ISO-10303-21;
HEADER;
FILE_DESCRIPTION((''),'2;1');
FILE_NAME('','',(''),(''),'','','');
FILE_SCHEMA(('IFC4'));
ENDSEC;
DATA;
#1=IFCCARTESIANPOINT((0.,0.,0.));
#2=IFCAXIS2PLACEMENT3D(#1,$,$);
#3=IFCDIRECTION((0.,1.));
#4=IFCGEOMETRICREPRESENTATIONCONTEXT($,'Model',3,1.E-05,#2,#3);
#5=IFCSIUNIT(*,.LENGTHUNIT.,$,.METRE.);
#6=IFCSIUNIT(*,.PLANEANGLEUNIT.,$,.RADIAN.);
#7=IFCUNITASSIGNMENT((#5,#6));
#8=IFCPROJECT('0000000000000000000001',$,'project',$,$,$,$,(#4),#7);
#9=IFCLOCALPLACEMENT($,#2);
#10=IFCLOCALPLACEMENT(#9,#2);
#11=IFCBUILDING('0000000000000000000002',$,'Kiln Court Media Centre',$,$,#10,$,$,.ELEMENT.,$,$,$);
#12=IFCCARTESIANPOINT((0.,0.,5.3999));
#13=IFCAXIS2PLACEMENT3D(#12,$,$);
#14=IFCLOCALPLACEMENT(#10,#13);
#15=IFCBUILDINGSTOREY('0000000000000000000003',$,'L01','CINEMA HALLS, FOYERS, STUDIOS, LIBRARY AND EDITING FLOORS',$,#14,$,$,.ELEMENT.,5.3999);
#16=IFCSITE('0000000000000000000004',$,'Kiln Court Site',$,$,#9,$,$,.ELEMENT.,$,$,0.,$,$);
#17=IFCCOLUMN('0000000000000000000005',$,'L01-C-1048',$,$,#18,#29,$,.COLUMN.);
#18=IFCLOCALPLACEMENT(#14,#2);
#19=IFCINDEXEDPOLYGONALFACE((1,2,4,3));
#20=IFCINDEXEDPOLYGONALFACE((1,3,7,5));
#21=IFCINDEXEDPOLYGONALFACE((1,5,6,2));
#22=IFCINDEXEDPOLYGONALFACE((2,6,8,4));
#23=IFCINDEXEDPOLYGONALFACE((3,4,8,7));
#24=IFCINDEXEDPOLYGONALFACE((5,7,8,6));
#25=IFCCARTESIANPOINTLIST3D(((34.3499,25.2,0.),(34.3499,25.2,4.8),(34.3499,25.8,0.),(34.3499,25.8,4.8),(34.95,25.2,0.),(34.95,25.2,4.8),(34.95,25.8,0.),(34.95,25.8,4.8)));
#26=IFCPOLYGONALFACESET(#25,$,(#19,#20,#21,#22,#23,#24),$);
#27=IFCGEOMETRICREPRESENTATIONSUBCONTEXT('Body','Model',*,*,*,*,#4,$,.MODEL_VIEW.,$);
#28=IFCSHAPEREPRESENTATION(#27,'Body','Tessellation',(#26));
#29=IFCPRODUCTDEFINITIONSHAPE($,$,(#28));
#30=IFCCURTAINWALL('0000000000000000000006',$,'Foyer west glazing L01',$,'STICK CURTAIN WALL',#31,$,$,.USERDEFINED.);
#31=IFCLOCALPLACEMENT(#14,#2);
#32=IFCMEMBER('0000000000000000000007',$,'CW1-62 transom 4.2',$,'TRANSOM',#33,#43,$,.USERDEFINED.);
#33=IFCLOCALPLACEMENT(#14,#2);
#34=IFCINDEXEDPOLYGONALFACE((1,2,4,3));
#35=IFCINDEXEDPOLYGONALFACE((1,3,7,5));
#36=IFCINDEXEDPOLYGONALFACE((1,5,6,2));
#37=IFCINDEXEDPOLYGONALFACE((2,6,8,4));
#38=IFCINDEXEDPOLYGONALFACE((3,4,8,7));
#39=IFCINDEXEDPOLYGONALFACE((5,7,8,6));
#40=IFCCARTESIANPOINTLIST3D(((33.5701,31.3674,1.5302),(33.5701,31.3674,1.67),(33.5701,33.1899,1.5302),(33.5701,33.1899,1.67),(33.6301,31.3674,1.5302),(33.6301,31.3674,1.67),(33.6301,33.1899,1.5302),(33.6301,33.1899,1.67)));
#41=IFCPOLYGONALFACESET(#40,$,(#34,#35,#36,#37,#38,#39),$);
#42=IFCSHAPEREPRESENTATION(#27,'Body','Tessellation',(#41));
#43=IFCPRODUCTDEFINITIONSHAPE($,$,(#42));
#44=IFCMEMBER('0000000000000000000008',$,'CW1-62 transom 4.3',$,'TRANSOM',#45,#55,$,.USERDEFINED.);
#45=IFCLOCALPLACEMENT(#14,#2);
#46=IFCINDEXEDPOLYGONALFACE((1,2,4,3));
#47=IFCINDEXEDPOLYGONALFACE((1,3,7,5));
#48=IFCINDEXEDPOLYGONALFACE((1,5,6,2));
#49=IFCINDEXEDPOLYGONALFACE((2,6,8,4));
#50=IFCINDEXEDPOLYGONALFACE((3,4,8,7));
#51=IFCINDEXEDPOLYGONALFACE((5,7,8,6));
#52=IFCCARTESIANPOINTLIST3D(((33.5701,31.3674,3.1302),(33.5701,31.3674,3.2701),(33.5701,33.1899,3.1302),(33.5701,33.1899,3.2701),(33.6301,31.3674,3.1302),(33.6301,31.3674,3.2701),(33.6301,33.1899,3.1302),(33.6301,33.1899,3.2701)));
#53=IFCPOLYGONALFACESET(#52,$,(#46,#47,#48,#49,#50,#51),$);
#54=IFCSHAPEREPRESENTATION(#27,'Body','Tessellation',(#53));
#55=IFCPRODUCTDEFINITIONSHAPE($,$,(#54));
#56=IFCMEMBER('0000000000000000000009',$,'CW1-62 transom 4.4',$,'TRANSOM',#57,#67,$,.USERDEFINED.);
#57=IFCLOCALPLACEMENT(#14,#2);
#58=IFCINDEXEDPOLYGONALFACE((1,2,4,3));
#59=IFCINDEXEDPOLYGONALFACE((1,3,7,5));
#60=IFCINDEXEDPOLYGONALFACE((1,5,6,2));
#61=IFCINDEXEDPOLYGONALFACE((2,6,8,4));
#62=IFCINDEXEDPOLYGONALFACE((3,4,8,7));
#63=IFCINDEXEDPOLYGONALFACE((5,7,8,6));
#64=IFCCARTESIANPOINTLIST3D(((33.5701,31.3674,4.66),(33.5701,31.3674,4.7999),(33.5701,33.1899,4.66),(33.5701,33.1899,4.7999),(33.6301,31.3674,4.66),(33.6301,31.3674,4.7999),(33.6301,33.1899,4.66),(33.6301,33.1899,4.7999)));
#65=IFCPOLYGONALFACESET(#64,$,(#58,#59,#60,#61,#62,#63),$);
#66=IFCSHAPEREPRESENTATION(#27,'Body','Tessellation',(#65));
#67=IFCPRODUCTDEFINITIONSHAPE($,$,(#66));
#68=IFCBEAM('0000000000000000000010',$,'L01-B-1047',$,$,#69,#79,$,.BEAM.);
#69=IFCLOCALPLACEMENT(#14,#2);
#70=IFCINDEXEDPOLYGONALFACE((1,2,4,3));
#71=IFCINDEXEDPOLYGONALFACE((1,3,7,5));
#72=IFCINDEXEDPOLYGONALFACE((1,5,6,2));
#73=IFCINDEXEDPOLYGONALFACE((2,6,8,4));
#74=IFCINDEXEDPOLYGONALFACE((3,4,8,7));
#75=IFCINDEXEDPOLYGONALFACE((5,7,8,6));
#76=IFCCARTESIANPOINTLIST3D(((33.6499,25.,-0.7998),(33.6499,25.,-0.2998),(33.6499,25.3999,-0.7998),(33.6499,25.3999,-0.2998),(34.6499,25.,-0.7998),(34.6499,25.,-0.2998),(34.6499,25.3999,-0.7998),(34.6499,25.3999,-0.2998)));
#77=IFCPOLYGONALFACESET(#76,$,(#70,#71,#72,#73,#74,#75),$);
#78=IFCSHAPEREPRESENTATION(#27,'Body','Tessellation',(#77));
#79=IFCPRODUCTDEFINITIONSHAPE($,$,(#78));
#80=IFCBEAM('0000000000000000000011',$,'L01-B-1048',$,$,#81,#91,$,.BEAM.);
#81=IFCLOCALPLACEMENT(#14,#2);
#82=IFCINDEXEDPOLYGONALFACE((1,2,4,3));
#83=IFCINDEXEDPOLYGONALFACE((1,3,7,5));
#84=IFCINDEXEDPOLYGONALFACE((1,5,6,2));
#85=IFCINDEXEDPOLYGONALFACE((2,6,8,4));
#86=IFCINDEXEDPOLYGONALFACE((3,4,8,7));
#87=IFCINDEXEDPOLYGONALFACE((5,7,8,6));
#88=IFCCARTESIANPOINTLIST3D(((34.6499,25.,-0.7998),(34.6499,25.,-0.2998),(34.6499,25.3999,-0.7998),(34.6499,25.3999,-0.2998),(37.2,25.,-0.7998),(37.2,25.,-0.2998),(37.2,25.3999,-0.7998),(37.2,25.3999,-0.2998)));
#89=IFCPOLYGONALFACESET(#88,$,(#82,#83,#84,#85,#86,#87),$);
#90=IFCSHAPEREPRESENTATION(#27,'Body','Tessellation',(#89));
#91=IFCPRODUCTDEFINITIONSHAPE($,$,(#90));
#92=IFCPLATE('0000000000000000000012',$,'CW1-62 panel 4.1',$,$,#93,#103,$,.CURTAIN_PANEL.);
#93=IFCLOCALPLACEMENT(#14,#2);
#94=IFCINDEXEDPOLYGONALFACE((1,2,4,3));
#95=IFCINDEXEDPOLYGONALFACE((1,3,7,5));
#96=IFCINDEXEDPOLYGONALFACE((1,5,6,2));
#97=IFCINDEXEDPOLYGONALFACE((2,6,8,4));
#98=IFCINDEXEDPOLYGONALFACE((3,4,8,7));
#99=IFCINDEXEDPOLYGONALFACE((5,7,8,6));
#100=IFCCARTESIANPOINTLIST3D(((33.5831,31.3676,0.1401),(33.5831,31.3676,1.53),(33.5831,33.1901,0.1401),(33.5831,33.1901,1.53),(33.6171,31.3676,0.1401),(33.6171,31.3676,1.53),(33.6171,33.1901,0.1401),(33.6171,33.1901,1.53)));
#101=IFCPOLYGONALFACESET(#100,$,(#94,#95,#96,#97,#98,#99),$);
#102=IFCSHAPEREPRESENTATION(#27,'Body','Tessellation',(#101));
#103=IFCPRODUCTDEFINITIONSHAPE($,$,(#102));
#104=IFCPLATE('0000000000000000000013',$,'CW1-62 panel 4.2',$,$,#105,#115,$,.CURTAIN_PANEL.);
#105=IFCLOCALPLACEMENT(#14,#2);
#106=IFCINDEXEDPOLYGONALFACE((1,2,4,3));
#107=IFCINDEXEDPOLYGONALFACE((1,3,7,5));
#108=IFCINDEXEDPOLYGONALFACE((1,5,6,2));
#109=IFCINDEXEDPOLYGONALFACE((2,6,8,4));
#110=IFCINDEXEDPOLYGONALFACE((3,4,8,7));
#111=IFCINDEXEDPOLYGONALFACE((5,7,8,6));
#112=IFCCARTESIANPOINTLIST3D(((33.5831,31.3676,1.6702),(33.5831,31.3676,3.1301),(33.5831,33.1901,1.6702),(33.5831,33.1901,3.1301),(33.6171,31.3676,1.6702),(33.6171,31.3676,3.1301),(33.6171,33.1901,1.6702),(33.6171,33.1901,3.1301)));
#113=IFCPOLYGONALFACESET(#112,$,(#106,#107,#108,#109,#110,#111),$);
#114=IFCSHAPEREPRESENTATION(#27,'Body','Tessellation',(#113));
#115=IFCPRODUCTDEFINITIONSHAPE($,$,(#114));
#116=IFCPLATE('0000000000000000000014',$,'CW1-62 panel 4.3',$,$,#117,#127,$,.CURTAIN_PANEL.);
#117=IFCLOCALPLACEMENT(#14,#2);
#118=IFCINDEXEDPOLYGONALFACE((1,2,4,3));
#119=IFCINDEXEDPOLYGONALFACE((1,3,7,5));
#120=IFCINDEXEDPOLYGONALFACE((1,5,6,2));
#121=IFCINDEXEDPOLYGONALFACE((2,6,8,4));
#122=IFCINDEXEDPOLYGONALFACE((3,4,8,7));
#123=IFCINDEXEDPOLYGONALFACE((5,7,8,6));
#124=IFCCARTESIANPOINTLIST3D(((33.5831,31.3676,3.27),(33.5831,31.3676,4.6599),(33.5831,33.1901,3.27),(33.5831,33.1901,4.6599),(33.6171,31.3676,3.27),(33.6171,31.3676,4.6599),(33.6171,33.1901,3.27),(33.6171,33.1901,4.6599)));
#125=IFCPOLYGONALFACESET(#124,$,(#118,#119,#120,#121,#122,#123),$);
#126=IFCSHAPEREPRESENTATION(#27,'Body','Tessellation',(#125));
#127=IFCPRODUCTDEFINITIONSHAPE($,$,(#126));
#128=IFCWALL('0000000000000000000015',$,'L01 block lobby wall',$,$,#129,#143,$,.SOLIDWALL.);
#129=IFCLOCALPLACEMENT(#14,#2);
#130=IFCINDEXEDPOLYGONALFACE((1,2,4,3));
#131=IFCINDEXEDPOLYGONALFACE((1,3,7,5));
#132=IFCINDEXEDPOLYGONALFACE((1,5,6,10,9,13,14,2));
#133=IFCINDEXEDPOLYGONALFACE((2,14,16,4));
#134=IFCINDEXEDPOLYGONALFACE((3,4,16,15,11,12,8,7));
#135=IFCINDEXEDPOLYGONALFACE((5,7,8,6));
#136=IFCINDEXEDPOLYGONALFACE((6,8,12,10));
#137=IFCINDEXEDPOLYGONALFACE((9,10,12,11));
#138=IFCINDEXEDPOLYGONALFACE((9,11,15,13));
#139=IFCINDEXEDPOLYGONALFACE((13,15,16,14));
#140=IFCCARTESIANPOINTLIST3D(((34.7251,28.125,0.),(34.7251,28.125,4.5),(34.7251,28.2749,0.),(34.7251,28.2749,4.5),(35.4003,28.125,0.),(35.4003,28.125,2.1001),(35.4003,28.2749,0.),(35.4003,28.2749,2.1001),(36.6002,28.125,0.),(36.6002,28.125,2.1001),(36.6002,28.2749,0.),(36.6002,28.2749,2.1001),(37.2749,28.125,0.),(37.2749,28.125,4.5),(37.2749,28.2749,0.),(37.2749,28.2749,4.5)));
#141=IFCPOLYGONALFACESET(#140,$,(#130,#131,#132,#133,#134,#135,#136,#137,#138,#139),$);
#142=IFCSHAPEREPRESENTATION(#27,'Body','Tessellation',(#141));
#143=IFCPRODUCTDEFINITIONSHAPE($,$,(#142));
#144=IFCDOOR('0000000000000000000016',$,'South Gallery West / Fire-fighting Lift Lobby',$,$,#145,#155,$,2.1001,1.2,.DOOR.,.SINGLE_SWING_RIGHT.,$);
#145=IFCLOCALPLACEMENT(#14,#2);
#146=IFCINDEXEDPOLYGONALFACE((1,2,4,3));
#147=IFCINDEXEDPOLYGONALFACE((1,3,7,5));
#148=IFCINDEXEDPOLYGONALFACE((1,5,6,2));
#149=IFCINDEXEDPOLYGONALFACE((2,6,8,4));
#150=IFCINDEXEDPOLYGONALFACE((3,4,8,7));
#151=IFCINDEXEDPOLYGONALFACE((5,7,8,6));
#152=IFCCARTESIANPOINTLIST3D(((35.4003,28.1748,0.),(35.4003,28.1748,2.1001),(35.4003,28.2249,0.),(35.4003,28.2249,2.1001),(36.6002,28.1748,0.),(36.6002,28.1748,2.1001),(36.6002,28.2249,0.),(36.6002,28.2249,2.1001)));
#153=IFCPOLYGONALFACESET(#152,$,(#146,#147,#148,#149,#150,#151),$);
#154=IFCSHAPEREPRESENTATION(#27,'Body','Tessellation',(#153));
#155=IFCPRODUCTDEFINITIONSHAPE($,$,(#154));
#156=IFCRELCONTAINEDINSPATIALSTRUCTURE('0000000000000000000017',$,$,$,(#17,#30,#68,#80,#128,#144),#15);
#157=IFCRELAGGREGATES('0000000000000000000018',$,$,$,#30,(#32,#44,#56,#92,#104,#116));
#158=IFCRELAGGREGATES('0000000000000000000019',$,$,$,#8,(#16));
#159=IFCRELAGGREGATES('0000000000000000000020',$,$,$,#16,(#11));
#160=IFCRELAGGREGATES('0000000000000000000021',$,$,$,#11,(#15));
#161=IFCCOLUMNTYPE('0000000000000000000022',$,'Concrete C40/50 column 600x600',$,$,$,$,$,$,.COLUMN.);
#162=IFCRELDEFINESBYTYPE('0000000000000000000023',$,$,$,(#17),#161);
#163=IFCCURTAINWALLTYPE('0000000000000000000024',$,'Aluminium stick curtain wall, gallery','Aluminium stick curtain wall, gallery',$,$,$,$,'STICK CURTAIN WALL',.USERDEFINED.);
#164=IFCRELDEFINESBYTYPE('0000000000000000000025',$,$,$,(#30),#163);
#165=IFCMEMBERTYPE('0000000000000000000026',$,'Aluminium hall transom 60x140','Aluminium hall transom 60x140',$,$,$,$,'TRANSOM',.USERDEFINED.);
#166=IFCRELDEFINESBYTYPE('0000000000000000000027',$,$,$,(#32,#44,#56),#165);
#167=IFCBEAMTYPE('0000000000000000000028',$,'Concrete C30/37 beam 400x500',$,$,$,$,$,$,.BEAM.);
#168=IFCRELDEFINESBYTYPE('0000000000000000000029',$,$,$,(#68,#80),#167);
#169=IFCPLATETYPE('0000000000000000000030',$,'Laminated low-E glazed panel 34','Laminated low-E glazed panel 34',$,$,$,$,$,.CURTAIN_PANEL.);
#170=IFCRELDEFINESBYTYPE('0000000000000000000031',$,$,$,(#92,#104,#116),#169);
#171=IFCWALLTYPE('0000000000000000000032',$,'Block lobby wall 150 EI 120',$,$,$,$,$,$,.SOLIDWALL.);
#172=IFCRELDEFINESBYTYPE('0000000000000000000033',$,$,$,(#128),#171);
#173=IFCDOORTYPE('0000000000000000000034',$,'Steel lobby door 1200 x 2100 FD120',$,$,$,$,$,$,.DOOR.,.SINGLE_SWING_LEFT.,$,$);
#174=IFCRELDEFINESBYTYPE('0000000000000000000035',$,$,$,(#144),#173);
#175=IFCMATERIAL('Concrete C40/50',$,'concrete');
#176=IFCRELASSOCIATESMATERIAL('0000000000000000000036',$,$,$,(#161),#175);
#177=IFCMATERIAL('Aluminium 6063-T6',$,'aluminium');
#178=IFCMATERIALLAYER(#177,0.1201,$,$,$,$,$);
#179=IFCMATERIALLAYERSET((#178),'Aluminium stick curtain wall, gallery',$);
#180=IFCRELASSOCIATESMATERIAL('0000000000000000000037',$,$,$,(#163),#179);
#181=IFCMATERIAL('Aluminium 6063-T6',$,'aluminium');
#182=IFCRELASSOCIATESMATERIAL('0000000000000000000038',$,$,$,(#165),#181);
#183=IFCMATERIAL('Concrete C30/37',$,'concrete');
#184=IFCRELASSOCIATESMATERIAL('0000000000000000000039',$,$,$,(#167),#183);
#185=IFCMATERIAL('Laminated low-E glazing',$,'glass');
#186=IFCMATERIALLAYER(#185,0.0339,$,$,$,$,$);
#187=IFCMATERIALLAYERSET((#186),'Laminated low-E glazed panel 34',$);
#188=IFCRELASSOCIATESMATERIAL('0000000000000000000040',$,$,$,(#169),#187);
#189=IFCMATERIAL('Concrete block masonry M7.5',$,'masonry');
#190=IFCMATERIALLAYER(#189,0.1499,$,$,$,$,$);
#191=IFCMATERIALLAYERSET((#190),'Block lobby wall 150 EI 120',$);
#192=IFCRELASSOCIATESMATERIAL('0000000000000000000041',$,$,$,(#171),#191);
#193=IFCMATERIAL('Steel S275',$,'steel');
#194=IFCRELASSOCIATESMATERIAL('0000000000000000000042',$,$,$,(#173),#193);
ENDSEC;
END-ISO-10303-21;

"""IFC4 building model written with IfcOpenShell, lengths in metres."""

from ifc_helpers import new_model, si_unit, direction, frame, frame_2d, origin, origin_2d, place, context, subcontext, project, spatial, rectangle, extrude, material, layer, layer_set, material_profile, profile_set, type_object, element, fill, aggregate, save


model = new_model("IFC4")

# Units and contexts
model_context = context("Model", 3, precision=1e-05, world=origin(), true_north=direction((0.0, 1.0)))
body_context = subcontext(model_context, "Body", "Model", "MODEL_VIEW")
ifc_project = project(units=[si_unit("LENGTHUNIT", "METRE"), si_unit("PLANEANGLEUNIT", "RADIAN")], contexts=[model_context])

# Site, building, storey
site_placement = place(None, origin())
site = spatial("IfcSite", under=ifc_project, at=site_placement, Name="Kiln Court Site", CompositionType="ELEMENT", RefElevation=0.0)
building_placement = place(site_placement, origin())
building = spatial("IfcBuilding", under=site, at=building_placement, Name="Kiln Court Media Centre", CompositionType="ELEMENT")
storey_placement = place(building_placement, frame((0.0, 0.0, 5.3999)))
storey = spatial("IfcBuildingStorey", under=building, at=storey_placement, Name="L01", Description="CINEMA HALLS, FOYERS, STUDIOS, LIBRARY AND EDITING FLOORS", CompositionType="ELEMENT", Elevation=5.3999)

# Column
ifc_material_1 = material(Name="Concrete C40/50", Category="concrete")
ifc_material_profile_1 = material_profile(ifc_material_1, rectangle(XDim=0.6001, YDim=0.6001, at=origin_2d()), Name="RC 600x600")
ifc_profile_set_1 = profile_set([ifc_material_profile_1], Name="Concrete C40/50")
column_type = type_object("IfcColumnType", Name="Concrete C40/50 column 600x600", PredefinedType="COLUMN", material=ifc_profile_set_1)
column_placement = place(storey_placement, frame((34.6499, 25.5, 0.0), z_axis=(0.0, 0.0, 1.0), x_axis=(1.0, 0.0, 0.0)))
element("IfcColumn", 1, at=column_placement, inside=storey, type_object=column_type, Name="L01-C-1048", PredefinedType="COLUMN", context=body_context, shape_type="SweptSolid", body=[
    extrude(rectangle(XDim=0.6001, YDim=0.6001, at=origin_2d()), origin(), (0.0, 0.0, 1.0), 4.8),
])

# Curtain wall, members
ifc_material_2 = material(Name="Aluminium 6063-T6", Category="aluminium")
ifc_layer_1 = layer(ifc_material_2, 0.1201)
ifc_layer_set_1 = layer_set([ifc_layer_1], Name="Aluminium stick curtain wall, gallery")
curtain_wall_type = type_object("IfcCurtainWallType", Name="Aluminium stick curtain wall, gallery", Description="Aluminium stick curtain wall, gallery", ElementType="STICK CURTAIN WALL", PredefinedType="USERDEFINED", material=ifc_layer_set_1)
curtain_wall_placement = place(storey_placement, origin())
curtain_wall = element("IfcCurtainWall", 2, at=curtain_wall_placement, inside=storey, type_object=curtain_wall_type, Name="Foyer west glazing L01", ObjectType="STICK CURTAIN WALL", PredefinedType="USERDEFINED")
ifc_material_3 = material(Name="Aluminium 6063-T6", Category="aluminium")
ifc_material_profile_2 = material_profile(ifc_material_3, rectangle(XDim=0.0601, YDim=0.1399, at=origin_2d()), Name="Aluminium hall transom 60x140")
ifc_profile_set_2 = profile_set([ifc_material_profile_2], Name="Aluminium 6063-T6")
member_type = type_object("IfcMemberType", Name="Aluminium hall transom 60x140", Description="Aluminium hall transom 60x140", ElementType="TRANSOM", PredefinedType="USERDEFINED", material=ifc_profile_set_2)
member_1_placement = place(storey_placement, frame((33.6001, 31.3674, 1.6001), z_axis=(0.0, 1.0, 0.0), x_axis=(-1.0, 0.0, 0.0)))
member_1 = element("IfcMember", 3, at=member_1_placement, type_object=member_type, Name="CW1-62 transom 4.2", ObjectType="TRANSOM", PredefinedType="USERDEFINED", context=body_context, shape_type="SweptSolid", body=[
    extrude(rectangle(XDim=0.0601, YDim=0.1399, at=origin_2d()), origin(), (0.0, 0.0, 1.0), 1.8225),
])
member_2_placement = place(storey_placement, frame((33.6001, 31.3674, 3.2002), z_axis=(0.0, 1.0, 0.0), x_axis=(-1.0, 0.0, 0.0)))
member_2 = element("IfcMember", 4, at=member_2_placement, type_object=member_type, Name="CW1-62 transom 4.3", ObjectType="TRANSOM", PredefinedType="USERDEFINED", context=body_context, shape_type="SweptSolid", body=[
    extrude(rectangle(XDim=0.0601, YDim=0.1399, at=origin_2d()), origin(), (0.0, 0.0, 1.0), 1.8225),
])
member_3_placement = place(storey_placement, frame((33.6001, 31.3674, 4.73), z_axis=(0.0, 1.0, 0.0), x_axis=(-1.0, 0.0, 0.0)))
member_3 = element("IfcMember", 5, at=member_3_placement, type_object=member_type, Name="CW1-62 transom 4.4", ObjectType="TRANSOM", PredefinedType="USERDEFINED", context=body_context, shape_type="SweptSolid", body=[
    extrude(rectangle(XDim=0.0601, YDim=0.1399, at=origin_2d()), origin(), (0.0, 0.0, 1.0), 1.8225),
])

# Beams
ifc_material_4 = material(Name="Concrete C30/37", Category="concrete")
ifc_material_profile_3 = material_profile(ifc_material_4, rectangle(XDim=0.3999, YDim=0.5, at=origin_2d()), Name="RC 400x500")
ifc_profile_set_3 = profile_set([ifc_material_profile_3], Name="Concrete C30/37")
beam_type = type_object("IfcBeamType", Name="Concrete C30/37 beam 400x500", PredefinedType="BEAM", material=ifc_profile_set_3)
beam_1_placement = place(storey_placement, frame((33.6499, 25.2, -0.5498), z_axis=(1.0, 0.0, 0.0), x_axis=(0.0, 1.0, 0.0)))
element("IfcBeam", 6, at=beam_1_placement, inside=storey, type_object=beam_type, Name="L01-B-1047", PredefinedType="BEAM", context=body_context, shape_type="SweptSolid", body=[
    extrude(rectangle(XDim=0.3999, YDim=0.5, at=origin_2d()), origin(), (0.0, 0.0, 1.0), 1.0),
])
beam_2_placement = place(storey_placement, frame((34.6499, 25.2, -0.5498), z_axis=(1.0, 0.0, 0.0), x_axis=(0.0, 1.0, 0.0)))
element("IfcBeam", 7, at=beam_2_placement, inside=storey, type_object=beam_type, Name="L01-B-1048", PredefinedType="BEAM", context=body_context, shape_type="SweptSolid", body=[
    extrude(rectangle(XDim=0.3999, YDim=0.5, at=origin_2d()), origin(), (0.0, 0.0, 1.0), 2.55),
])

# Plates
ifc_material_5 = material(Name="Laminated low-E glazing", Category="glass")
ifc_layer_2 = layer(ifc_material_5, 0.0339)
ifc_layer_set_2 = layer_set([ifc_layer_2], Name="Laminated low-E glazed panel 34")
plate_type = type_object("IfcPlateType", Name="Laminated low-E glazed panel 34", Description="Laminated low-E glazed panel 34", PredefinedType="CURTAIN_PANEL", material=ifc_layer_set_2)
plate_1_placement = place(storey_placement, frame((33.6001, 32.2788, 0.1401), z_axis=(0.0, 0.0, 1.0), x_axis=(0.0, 1.0, 0.0)))
plate_1 = element("IfcPlate", 8, at=plate_1_placement, type_object=plate_type, Name="CW1-62 panel 4.1", PredefinedType="CURTAIN_PANEL", context=body_context, shape_type="SweptSolid", body=[
    extrude(rectangle(XDim=1.8225, YDim=0.0339, at=origin_2d()), origin(), (0.0, 0.0, 1.0), 1.3899),
])
plate_2_placement = place(storey_placement, frame((33.6001, 32.2788, 1.6702), z_axis=(0.0, 0.0, 1.0), x_axis=(0.0, 1.0, 0.0)))
plate_2 = element("IfcPlate", 9, at=plate_2_placement, type_object=plate_type, Name="CW1-62 panel 4.2", PredefinedType="CURTAIN_PANEL", context=body_context, shape_type="SweptSolid", body=[
    extrude(rectangle(XDim=1.8225, YDim=0.0339, at=origin_2d()), origin(), (0.0, 0.0, 1.0), 1.46),
])
plate_3_placement = place(storey_placement, frame((33.6001, 32.2788, 3.27), z_axis=(0.0, 0.0, 1.0), x_axis=(0.0, 1.0, 0.0)))
plate_3 = element("IfcPlate", 10, at=plate_3_placement, type_object=plate_type, Name="CW1-62 panel 4.3", PredefinedType="CURTAIN_PANEL", context=body_context, shape_type="SweptSolid", body=[
    extrude(rectangle(XDim=1.8225, YDim=0.0339, at=origin_2d()), origin(), (0.0, 0.0, 1.0), 1.3899),
])
aggregate(curtain_wall, [member_1, member_2, member_3, plate_1, plate_2, plate_3])

# Wall, opening, door
ifc_material_6 = material(Name="Concrete block masonry M7.5", Category="masonry")
ifc_layer_3 = layer(ifc_material_6, 0.1499)
ifc_layer_set_3 = layer_set([ifc_layer_3], Name="Block lobby wall 150 EI 120")
wall_type_1 = type_object("IfcWallType", Name="Block lobby wall 150 EI 120", PredefinedType="SOLIDWALL", material=ifc_layer_set_3)
wall_1_placement = place(storey_placement, frame((34.7251, 28.2, 0.0), z_axis=(0.0, 0.0, 1.0), x_axis=(1.0, 0.0, 0.0)))
wall_1 = element("IfcWall", 11, at=wall_1_placement, inside=storey, type_object=wall_type_1, Name="L01 block lobby wall", PredefinedType="SOLIDWALL", context=body_context, shape_type="SweptSolid", body=[
    extrude(rectangle(XDim=2.5498, YDim=0.1499, at=frame_2d((1.2749, 0.0))), origin(), (0.0, 0.0, 1.0), 4.5),
])
opening_1_placement = place(wall_1_placement, frame((0.675, 0.0, 0.0)))
opening_1 = element("IfcOpeningElement", 12, at=opening_1_placement, cuts=wall_1, PredefinedType="OPENING", context=body_context, shape_type="SweptSolid", body=[
    extrude(rectangle(XDim=1.2, YDim=2.1001, at=frame_2d((0.6001, 1.05))), frame((0.0, 0.085, 0.0), z_axis=(0.0, -1.0, 0.0), x_axis=(1.0, 0.0, 0.0)), (0.0, 0.0, 1.0), 0.1699),
])
ifc_material_7 = material(Name="Steel S275", Category="steel")
door_type_1 = type_object("IfcDoorType", Name="Steel lobby door 1200 x 2100 FD120", OperationType="SINGLE_SWING_LEFT", PredefinedType="DOOR", material=ifc_material_7)
door_1_placement = place(opening_1_placement, origin())
door_1 = element("IfcDoor", 13, at=door_1_placement, inside=storey, type_object=door_type_1, Name="South Gallery West / Fire-fighting Lift Lobby", OperationType="SINGLE_SWING_RIGHT", OverallHeight=2.1001, OverallWidth=1.2, PredefinedType="DOOR", context=body_context, shape_type="SweptSolid", body=[
    extrude(rectangle(XDim=1.2, YDim=2.1001, at=frame_2d((0.6001, 1.05))), frame((0.0, 0.0249, 0.0), z_axis=(0.0, -1.0, 0.0), x_axis=(1.0, 0.0, 0.0)), (0.0, 0.0, 1.0), 0.05),
])
fill(opening_1, door_1)

save(model, "model.ifc")
